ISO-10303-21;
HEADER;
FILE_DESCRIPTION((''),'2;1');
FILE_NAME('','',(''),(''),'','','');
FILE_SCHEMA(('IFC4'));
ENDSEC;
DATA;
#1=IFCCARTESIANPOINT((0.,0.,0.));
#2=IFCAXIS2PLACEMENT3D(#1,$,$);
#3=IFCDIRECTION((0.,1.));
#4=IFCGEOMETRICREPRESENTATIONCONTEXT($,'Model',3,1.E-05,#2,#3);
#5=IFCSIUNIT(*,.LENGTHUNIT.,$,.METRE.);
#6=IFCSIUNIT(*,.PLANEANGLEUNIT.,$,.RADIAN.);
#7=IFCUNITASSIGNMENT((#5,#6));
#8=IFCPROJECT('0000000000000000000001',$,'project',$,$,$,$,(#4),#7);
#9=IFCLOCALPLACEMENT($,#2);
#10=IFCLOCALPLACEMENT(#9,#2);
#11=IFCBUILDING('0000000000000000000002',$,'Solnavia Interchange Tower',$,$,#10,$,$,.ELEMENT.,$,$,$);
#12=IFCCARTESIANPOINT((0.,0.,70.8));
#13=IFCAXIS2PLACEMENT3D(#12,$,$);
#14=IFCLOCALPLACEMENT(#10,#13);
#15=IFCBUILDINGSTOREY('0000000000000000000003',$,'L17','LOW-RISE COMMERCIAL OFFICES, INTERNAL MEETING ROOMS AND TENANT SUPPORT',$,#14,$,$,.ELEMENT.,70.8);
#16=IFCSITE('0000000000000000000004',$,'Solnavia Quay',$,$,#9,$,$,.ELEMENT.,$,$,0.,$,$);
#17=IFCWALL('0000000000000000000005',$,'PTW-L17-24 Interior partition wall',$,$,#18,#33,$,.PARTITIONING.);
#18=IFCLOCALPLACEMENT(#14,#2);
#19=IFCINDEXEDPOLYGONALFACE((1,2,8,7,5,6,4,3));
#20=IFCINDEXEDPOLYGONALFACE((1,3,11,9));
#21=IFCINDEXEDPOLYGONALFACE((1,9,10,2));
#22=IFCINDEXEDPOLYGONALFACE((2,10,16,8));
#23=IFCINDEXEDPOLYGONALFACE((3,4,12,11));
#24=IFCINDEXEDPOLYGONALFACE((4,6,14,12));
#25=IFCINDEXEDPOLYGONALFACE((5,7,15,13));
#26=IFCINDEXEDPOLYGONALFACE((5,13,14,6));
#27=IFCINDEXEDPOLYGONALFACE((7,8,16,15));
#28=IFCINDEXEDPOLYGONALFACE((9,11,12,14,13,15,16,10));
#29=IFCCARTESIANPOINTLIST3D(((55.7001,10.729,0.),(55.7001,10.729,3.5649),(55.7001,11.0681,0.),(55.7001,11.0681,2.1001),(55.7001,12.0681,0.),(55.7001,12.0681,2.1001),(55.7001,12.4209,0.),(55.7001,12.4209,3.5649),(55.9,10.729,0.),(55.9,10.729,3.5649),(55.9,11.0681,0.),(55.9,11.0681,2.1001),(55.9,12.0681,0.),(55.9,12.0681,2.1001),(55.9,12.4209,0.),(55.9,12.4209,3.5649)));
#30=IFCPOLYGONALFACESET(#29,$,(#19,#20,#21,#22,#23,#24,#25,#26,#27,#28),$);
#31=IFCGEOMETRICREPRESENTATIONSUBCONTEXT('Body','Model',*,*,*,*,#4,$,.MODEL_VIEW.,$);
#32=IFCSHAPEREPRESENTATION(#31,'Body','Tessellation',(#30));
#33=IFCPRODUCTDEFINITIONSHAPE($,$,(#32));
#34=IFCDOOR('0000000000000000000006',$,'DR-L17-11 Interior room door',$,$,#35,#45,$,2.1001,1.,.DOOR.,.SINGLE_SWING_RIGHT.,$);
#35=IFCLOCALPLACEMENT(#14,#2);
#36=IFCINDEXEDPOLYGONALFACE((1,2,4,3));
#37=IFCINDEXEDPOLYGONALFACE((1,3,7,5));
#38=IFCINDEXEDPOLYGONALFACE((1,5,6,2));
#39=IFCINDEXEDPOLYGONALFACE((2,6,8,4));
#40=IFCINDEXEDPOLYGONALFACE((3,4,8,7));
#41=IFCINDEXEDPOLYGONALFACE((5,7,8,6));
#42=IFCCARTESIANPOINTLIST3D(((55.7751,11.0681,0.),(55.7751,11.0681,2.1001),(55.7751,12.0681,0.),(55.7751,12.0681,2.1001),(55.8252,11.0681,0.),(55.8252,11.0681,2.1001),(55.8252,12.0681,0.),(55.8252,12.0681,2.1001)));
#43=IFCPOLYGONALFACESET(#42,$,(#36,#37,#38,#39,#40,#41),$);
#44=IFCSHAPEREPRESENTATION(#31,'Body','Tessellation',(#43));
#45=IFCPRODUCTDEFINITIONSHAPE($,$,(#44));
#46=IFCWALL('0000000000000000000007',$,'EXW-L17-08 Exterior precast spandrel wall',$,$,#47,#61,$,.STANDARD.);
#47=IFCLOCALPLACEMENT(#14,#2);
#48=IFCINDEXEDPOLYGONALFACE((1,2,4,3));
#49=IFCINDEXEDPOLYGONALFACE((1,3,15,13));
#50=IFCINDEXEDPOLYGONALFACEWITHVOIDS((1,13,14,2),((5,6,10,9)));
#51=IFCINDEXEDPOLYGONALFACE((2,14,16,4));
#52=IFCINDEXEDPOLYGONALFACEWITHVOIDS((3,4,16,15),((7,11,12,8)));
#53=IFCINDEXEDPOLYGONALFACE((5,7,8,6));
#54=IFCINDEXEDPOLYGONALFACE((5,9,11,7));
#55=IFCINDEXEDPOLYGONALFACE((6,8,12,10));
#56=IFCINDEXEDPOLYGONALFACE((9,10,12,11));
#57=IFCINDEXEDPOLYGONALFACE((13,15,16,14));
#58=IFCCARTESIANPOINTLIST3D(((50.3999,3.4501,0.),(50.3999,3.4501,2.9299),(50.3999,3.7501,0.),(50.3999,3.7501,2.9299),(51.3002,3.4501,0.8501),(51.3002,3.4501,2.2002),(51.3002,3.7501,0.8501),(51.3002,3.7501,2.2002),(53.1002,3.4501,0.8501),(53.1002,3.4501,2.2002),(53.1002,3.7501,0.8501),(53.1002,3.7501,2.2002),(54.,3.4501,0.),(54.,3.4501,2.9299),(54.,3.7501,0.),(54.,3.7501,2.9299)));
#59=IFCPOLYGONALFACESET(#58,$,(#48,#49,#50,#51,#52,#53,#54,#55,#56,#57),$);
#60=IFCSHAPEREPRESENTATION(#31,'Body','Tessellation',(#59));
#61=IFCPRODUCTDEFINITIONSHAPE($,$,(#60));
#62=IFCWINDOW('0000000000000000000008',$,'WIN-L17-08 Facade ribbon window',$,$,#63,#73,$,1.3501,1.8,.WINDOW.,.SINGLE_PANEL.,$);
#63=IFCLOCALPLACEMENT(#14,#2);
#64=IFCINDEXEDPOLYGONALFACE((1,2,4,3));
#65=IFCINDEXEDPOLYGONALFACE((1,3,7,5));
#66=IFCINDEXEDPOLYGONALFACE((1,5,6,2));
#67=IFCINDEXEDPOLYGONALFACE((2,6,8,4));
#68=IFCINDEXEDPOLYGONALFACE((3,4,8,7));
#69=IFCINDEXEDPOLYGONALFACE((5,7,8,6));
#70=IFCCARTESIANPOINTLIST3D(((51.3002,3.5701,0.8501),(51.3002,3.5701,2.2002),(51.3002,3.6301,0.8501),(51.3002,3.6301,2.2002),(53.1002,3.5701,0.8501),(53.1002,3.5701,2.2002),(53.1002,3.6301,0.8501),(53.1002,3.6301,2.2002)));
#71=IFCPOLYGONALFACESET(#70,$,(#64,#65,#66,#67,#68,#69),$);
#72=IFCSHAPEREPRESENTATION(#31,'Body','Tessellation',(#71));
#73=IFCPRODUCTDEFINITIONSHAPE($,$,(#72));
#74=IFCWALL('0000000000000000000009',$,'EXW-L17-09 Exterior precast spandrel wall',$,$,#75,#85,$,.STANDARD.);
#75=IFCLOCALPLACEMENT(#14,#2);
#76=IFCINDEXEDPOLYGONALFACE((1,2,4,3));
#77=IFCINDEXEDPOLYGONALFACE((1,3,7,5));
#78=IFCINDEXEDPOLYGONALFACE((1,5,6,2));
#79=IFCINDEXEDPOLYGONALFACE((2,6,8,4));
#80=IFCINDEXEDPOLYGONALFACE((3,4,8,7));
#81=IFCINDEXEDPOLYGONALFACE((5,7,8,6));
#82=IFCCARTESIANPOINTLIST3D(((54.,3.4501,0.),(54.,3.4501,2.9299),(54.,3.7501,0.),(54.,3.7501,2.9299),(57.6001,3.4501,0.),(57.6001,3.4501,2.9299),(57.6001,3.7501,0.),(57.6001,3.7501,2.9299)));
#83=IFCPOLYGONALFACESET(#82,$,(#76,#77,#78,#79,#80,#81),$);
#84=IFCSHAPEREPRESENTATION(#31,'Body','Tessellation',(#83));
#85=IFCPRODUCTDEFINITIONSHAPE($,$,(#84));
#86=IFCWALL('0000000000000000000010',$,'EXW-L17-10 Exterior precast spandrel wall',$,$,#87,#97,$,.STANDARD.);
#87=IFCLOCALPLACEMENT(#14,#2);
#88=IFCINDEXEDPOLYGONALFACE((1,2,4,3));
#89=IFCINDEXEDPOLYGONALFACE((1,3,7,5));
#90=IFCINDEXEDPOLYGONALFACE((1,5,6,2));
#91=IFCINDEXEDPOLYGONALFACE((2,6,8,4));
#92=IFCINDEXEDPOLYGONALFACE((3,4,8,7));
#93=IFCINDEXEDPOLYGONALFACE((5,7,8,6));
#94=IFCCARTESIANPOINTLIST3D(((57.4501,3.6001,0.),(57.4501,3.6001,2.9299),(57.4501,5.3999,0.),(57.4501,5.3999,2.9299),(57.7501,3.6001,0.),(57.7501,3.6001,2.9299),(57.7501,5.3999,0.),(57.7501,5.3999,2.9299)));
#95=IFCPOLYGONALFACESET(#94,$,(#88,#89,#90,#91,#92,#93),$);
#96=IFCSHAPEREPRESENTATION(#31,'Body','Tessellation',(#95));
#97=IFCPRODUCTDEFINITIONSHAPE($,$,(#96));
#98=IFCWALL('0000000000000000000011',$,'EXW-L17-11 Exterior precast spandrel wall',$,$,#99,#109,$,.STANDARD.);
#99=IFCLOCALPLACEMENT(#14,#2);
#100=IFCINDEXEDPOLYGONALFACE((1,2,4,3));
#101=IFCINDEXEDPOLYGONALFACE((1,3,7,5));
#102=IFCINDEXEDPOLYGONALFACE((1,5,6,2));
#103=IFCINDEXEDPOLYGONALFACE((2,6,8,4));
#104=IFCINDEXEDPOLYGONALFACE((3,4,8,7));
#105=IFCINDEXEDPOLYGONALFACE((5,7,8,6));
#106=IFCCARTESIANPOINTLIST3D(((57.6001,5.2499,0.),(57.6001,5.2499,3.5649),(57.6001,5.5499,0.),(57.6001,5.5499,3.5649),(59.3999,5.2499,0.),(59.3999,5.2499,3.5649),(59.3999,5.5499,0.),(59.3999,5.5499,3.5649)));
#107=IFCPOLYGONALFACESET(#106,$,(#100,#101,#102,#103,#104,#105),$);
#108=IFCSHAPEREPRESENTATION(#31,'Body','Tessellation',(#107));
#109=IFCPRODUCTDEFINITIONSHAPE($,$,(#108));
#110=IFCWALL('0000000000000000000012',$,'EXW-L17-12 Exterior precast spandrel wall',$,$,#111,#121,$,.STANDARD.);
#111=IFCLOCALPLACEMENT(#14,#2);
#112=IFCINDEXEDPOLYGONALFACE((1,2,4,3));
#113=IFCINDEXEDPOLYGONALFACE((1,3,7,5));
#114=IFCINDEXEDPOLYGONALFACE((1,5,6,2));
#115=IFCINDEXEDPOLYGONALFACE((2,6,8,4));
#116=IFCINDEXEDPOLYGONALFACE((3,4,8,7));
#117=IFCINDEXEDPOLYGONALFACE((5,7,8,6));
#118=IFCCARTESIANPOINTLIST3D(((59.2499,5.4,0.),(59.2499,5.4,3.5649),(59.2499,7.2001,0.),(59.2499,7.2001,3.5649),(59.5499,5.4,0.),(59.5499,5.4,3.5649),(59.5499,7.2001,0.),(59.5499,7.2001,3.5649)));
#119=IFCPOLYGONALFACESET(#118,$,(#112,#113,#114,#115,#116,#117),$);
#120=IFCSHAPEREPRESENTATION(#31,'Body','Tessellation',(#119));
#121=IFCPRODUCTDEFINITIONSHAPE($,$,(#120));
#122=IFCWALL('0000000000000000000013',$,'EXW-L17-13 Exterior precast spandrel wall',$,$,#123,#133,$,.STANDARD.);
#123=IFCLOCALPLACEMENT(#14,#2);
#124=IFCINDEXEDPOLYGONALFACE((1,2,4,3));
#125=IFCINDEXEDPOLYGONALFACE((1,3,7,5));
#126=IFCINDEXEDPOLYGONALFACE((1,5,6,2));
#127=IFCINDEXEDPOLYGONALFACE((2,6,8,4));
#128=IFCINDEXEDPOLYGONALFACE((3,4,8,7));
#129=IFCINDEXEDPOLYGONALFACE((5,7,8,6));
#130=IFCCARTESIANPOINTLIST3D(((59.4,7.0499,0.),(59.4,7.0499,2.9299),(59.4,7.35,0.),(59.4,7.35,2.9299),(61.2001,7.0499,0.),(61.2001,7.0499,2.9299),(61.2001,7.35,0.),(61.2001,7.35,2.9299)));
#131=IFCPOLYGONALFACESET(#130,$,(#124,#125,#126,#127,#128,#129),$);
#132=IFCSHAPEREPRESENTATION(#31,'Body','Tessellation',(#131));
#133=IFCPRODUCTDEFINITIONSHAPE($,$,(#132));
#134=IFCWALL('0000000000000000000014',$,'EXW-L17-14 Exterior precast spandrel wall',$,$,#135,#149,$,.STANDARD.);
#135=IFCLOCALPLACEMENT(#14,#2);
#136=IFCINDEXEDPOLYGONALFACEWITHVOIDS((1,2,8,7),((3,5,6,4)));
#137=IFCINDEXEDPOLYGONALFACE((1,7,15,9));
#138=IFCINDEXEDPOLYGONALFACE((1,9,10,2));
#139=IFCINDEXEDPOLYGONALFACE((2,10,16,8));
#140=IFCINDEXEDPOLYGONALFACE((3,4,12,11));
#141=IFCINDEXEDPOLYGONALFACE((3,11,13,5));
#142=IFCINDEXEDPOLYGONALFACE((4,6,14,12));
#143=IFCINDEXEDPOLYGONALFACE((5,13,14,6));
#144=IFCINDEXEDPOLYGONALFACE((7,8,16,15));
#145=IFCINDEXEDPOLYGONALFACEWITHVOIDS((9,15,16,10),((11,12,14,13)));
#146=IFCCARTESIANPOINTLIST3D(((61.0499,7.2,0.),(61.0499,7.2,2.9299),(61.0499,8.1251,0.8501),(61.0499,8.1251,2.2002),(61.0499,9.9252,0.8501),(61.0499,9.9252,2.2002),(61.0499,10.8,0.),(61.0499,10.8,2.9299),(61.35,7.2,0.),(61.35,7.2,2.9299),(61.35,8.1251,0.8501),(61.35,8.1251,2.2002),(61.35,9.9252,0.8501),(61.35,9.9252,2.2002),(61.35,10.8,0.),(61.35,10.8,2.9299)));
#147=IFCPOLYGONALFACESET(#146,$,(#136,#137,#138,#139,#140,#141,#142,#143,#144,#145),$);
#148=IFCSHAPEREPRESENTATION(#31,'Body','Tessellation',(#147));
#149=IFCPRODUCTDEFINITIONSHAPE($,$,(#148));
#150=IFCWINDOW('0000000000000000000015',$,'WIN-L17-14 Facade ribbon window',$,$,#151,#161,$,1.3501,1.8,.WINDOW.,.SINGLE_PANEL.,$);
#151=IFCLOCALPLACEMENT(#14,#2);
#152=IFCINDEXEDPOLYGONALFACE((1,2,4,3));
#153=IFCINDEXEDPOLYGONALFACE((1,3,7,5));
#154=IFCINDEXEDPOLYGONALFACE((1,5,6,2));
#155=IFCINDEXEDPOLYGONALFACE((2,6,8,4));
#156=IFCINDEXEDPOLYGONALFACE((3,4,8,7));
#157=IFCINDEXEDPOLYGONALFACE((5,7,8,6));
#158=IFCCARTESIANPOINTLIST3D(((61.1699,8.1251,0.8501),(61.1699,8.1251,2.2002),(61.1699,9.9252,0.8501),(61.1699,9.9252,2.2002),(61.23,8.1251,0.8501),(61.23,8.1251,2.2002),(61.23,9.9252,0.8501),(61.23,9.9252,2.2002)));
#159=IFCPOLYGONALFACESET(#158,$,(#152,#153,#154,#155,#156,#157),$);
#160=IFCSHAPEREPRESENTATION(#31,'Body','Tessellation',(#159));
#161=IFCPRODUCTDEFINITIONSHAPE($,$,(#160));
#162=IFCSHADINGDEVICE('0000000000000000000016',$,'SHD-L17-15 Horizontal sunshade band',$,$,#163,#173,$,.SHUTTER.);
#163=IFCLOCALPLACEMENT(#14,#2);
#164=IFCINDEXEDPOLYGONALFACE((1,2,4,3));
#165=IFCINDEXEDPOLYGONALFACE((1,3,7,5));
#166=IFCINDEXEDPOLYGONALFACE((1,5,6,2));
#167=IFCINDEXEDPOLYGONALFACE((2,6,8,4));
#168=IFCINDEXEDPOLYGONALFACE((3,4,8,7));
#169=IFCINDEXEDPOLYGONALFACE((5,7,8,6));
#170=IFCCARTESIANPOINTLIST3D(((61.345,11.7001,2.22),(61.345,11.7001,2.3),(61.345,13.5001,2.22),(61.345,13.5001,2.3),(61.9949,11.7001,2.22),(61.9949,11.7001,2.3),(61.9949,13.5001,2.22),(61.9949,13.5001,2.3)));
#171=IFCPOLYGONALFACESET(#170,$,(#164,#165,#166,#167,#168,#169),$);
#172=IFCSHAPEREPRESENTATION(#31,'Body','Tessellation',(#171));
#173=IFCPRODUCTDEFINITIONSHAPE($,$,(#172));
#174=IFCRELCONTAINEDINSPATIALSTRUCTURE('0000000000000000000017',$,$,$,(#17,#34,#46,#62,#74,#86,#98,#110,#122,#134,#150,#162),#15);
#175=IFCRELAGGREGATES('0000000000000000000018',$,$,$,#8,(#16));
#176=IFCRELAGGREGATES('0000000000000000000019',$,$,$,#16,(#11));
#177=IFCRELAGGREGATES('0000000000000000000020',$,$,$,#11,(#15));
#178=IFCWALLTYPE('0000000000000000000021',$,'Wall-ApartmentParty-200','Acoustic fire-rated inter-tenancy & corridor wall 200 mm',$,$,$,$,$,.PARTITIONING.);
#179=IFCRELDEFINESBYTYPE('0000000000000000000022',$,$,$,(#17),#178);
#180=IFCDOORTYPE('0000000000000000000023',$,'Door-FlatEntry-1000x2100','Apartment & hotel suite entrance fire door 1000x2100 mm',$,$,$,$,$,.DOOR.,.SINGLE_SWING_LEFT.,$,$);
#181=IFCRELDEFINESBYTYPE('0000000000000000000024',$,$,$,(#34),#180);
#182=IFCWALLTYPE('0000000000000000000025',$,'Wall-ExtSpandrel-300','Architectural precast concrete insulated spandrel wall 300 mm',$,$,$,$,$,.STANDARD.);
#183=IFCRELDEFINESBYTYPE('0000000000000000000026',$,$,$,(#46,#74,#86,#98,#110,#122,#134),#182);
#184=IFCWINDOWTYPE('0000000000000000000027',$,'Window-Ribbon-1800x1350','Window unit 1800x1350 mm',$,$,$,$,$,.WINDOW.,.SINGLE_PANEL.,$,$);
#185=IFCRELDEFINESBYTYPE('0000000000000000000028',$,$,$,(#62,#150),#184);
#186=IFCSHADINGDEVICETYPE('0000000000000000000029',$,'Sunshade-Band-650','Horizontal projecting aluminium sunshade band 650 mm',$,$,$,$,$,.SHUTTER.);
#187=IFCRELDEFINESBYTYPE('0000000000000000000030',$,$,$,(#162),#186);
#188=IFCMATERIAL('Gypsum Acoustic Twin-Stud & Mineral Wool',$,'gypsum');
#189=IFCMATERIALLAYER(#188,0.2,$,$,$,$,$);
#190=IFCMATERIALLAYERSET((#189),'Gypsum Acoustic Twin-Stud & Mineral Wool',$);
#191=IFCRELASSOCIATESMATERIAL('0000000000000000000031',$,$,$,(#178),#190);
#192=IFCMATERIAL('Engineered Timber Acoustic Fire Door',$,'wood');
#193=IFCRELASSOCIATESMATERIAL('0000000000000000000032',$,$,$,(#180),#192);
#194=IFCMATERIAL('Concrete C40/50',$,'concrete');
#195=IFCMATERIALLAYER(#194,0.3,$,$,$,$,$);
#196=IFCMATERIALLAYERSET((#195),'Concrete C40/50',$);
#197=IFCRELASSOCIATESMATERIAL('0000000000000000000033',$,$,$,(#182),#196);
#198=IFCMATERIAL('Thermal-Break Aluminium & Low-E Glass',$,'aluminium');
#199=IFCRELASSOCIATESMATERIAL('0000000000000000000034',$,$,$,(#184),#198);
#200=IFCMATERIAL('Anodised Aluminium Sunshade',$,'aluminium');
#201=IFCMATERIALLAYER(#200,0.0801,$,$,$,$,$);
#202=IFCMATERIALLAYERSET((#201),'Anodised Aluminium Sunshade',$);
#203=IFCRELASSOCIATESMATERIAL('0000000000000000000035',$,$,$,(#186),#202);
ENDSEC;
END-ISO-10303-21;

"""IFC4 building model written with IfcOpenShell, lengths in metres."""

from ifc_helpers import new_model, si_unit, direction, frame, frame_2d, origin, origin_2d, place, context, subcontext, project, spatial, rectangle, extrude, material, layer, layer_set, type_object, element, fill, save


model = new_model("IFC4")

# Units and contexts
model_context = context("Model", 3, precision=1e-05, world=origin(), true_north=direction((0.0, 1.0)))
body_context = subcontext(model_context, "Body", "Model", "MODEL_VIEW")
ifc_project = project(units=[si_unit("LENGTHUNIT", "METRE"), si_unit("PLANEANGLEUNIT", "RADIAN")], contexts=[model_context])

# Site, building, storey
site_placement = place(None, origin())
site = spatial("IfcSite", under=ifc_project, at=site_placement, Name="Solnavia Quay", CompositionType="ELEMENT", RefElevation=0.0)
building_placement = place(site_placement, origin())
building = spatial("IfcBuilding", under=site, at=building_placement, Name="Solnavia Interchange Tower", CompositionType="ELEMENT")
storey_placement = place(building_placement, frame((0.0, 0.0, 70.8)))
storey = spatial("IfcBuildingStorey", under=building, at=storey_placement, Name="L17", Description="LOW-RISE COMMERCIAL OFFICES, INTERNAL MEETING ROOMS AND TENANT SUPPORT", CompositionType="ELEMENT", Elevation=70.8)

# Shared definitions
ifc_material_1 = material(Name="Gypsum Acoustic Twin-Stud & Mineral Wool", Category="gypsum")
ifc_layer_1 = layer(ifc_material_1, 0.2)
ifc_layer_set_1 = layer_set([ifc_layer_1], Name="Gypsum Acoustic Twin-Stud & Mineral Wool")
wall_type_1 = type_object("IfcWallType", Name="Wall-ApartmentParty-200", Description="Acoustic fire-rated inter-tenancy & corridor wall 200 mm", PredefinedType="PARTITIONING", material=ifc_layer_set_1)

# Wall, opening, door
wall_1_placement = place(storey_placement, frame((55.8, 10.729, 0.0), z_axis=(0.0, 0.0, 1.0), x_axis=(0.0, 1.0, 0.0)))
wall_1 = element("IfcWall", 1, at=wall_1_placement, inside=storey, type_object=wall_type_1, Name="PTW-L17-24 Interior partition wall", PredefinedType="PARTITIONING", context=body_context, shape_type="SweptSolid", body=[
    extrude(rectangle(XDim=1.6919, YDim=0.2, at=frame_2d((0.8459, 0.0))), origin(), (0.0, 0.0, 1.0), 3.5649),
])
opening_1_placement = place(wall_1_placement, frame((0.3391, 0.0, 0.0)))
opening_1 = element("IfcOpeningElement", 2, at=opening_1_placement, cuts=wall_1, PredefinedType="OPENING", context=body_context, shape_type="SweptSolid", body=[
    extrude(rectangle(XDim=1.0, YDim=2.1001, at=frame_2d((0.5, 1.05))), frame((0.0, 0.1099, 0.0), z_axis=(0.0, -1.0, 0.0), x_axis=(1.0, 0.0, 0.0)), (0.0, 0.0, 1.0), 0.22),
])
ifc_material_2 = material(Name="Engineered Timber Acoustic Fire Door", Category="wood")
door_type = type_object("IfcDoorType", Name="Door-FlatEntry-1000x2100", Description="Apartment & hotel suite entrance fire door 1000x2100 mm", OperationType="SINGLE_SWING_LEFT", PredefinedType="DOOR", material=ifc_material_2)
door_placement = place(opening_1_placement, origin())
door = element("IfcDoor", 3, at=door_placement, inside=storey, type_object=door_type, Name="DR-L17-11 Interior room door", OperationType="SINGLE_SWING_RIGHT", OverallHeight=2.1001, OverallWidth=1.0, PredefinedType="DOOR", context=body_context, shape_type="SweptSolid", body=[
    extrude(rectangle(XDim=1.0, YDim=2.1001, at=frame_2d((0.5, 1.05))), frame((0.0, 0.0249, 0.0), z_axis=(0.0, -1.0, 0.0), x_axis=(1.0, 0.0, 0.0)), (0.0, 0.0, 1.0), 0.05),
])
fill(opening_1, door)

# Wall, opening, window
ifc_material_3 = material(Name="Concrete C40/50", Category="concrete")
ifc_layer_2 = layer(ifc_material_3, 0.3)
ifc_layer_set_2 = layer_set([ifc_layer_2], Name="Concrete C40/50")
wall_type_2 = type_object("IfcWallType", Name="Wall-ExtSpandrel-300", Description="Architectural precast concrete insulated spandrel wall 300 mm", PredefinedType="STANDARD", material=ifc_layer_set_2)
wall_2_placement = place(storey_placement, frame((54.0, 3.6001, 0.0), z_axis=(0.0, 0.0, 1.0), x_axis=(-1.0, 0.0, 0.0)))
wall_2 = element("IfcWall", 4, at=wall_2_placement, inside=storey, type_object=wall_type_2, Name="EXW-L17-08 Exterior precast spandrel wall", PredefinedType="STANDARD", context=body_context, shape_type="SweptSolid", body=[
    extrude(rectangle(XDim=3.6001, YDim=0.3, at=frame_2d((1.8, 0.0))), origin(), (0.0, 0.0, 1.0), 2.9299),
])
opening_2_placement = place(wall_2_placement, frame((0.8999, 0.0, 0.8501)))
opening_2 = element("IfcOpeningElement", 5, at=opening_2_placement, cuts=wall_2, PredefinedType="OPENING", context=body_context, shape_type="SweptSolid", body=[
    extrude(rectangle(XDim=1.8, YDim=1.3501, at=frame_2d((0.8999, 0.675))), frame((0.0, 0.1602, 0.0), z_axis=(0.0, -1.0, 0.0), x_axis=(1.0, 0.0, 0.0)), (0.0, 0.0, 1.0), 0.3201),
])
ifc_material_4 = material(Name="Thermal-Break Aluminium & Low-E Glass", Category="aluminium")
window_type = type_object("IfcWindowType", Name="Window-Ribbon-1800x1350", Description="Window unit 1800x1350 mm", PartitioningType="SINGLE_PANEL", PredefinedType="WINDOW", material=ifc_material_4)
window_1_placement = place(opening_2_placement, origin())
window_1 = element("IfcWindow", 6, at=window_1_placement, inside=storey, type_object=window_type, Name="WIN-L17-08 Facade ribbon window", OverallHeight=1.3501, OverallWidth=1.8, PartitioningType="SINGLE_PANEL", PredefinedType="WINDOW", context=body_context, shape_type="SweptSolid", body=[
    extrude(rectangle(XDim=1.8, YDim=1.3501, at=frame_2d((0.8999, 0.675))), frame((0.0, 0.03, 0.0), z_axis=(0.0, -1.0, 0.0), x_axis=(1.0, 0.0, 0.0)), (0.0, 0.0, 1.0), 0.0601),
])
fill(opening_2, window_1)

# Walls
wall_3_placement = place(storey_placement, frame((57.6001, 3.6001, 0.0), z_axis=(0.0, 0.0, 1.0), x_axis=(-1.0, 0.0, 0.0)))
element("IfcWall", 7, at=wall_3_placement, inside=storey, type_object=wall_type_2, Name="EXW-L17-09 Exterior precast spandrel wall", PredefinedType="STANDARD", context=body_context, shape_type="SweptSolid", body=[
    extrude(rectangle(XDim=3.6001, YDim=0.3, at=frame_2d((1.8, 0.0))), origin(), (0.0, 0.0, 1.0), 2.9299),
])
wall_4_placement = place(storey_placement, frame((57.6001, 5.3999, 0.0), z_axis=(0.0, 0.0, 1.0), x_axis=(0.0, -1.0, 0.0)))
element("IfcWall", 8, at=wall_4_placement, inside=storey, type_object=wall_type_2, Name="EXW-L17-10 Exterior precast spandrel wall", PredefinedType="STANDARD", context=body_context, shape_type="SweptSolid", body=[
    extrude(rectangle(XDim=1.7998, YDim=0.3, at=frame_2d((0.8999, 0.0))), origin(), (0.0, 0.0, 1.0), 2.9299),
])
wall_5_placement = place(storey_placement, frame((59.3999, 5.3999, 0.0), z_axis=(0.0, 0.0, 1.0), x_axis=(-1.0, 0.0, 0.0)))
element("IfcWall", 9, at=wall_5_placement, inside=storey, type_object=wall_type_2, Name="EXW-L17-11 Exterior precast spandrel wall", PredefinedType="STANDARD", context=body_context, shape_type="SweptSolid", body=[
    extrude(rectangle(XDim=1.7998, YDim=0.3, at=frame_2d((0.8999, 0.0))), origin(), (0.0, 0.0, 1.0), 3.5649),
])
wall_6_placement = place(storey_placement, frame((59.3999, 7.2, 0.0), z_axis=(0.0, 0.0, 1.0), x_axis=(0.0, -1.0, 0.0)))
element("IfcWall", 10, at=wall_6_placement, inside=storey, type_object=wall_type_2, Name="EXW-L17-12 Exterior precast spandrel wall", PredefinedType="STANDARD", context=body_context, shape_type="SweptSolid", body=[
    extrude(rectangle(XDim=1.8, YDim=0.3, at=frame_2d((0.8999, 0.0))), origin(), (0.0, 0.0, 1.0), 3.5649),
])
wall_7_placement = place(storey_placement, frame((61.2, 7.2, 0.0), z_axis=(0.0, 0.0, 1.0), x_axis=(-1.0, 0.0, 0.0)))
element("IfcWall", 11, at=wall_7_placement, inside=storey, type_object=wall_type_2, Name="EXW-L17-13 Exterior precast spandrel wall", PredefinedType="STANDARD", context=body_context, shape_type="SweptSolid", body=[
    extrude(rectangle(XDim=1.8, YDim=0.3, at=frame_2d((0.8999, 0.0))), origin(), (0.0, 0.0, 1.0), 2.9299),
])

# Wall, opening, window
wall_8_placement = place(storey_placement, frame((61.2, 10.8, 0.0), z_axis=(0.0, 0.0, 1.0), x_axis=(0.0, -1.0, 0.0)))
wall_8 = element("IfcWall", 12, at=wall_8_placement, inside=storey, type_object=wall_type_2, Name="EXW-L17-14 Exterior precast spandrel wall", PredefinedType="STANDARD", context=body_context, shape_type="SweptSolid", body=[
    extrude(rectangle(XDim=3.6001, YDim=0.3, at=frame_2d((1.8, 0.0))), origin(), (0.0, 0.0, 1.0), 2.9299),
])
opening_3_placement = place(wall_8_placement, frame((0.875, 0.0, 0.8501)))
opening_3 = element("IfcOpeningElement", 13, at=opening_3_placement, cuts=wall_8, PredefinedType="OPENING", context=body_context, shape_type="SweptSolid", body=[
    extrude(rectangle(XDim=1.8, YDim=1.3501, at=frame_2d((0.8999, 0.675))), frame((0.0, 0.1602, 0.0), z_axis=(0.0, -1.0, 0.0), x_axis=(1.0, 0.0, 0.0)), (0.0, 0.0, 1.0), 0.3201),
])
window_2_placement = place(opening_3_placement, origin())
window_2 = element("IfcWindow", 14, at=window_2_placement, inside=storey, type_object=window_type, Name="WIN-L17-14 Facade ribbon window", OverallHeight=1.3501, OverallWidth=1.8, PartitioningType="SINGLE_PANEL", PredefinedType="WINDOW", context=body_context, shape_type="SweptSolid", body=[
    extrude(rectangle(XDim=1.8, YDim=1.3501, at=frame_2d((0.8999, 0.675))), frame((0.0, 0.03, 0.0), z_axis=(0.0, -1.0, 0.0), x_axis=(1.0, 0.0, 0.0)), (0.0, 0.0, 1.0), 0.0601),
])
fill(opening_3, window_2)

# Shading device
ifc_material_5 = material(Name="Anodised Aluminium Sunshade", Category="aluminium")
ifc_layer_3 = layer(ifc_material_5, 0.0801)
ifc_layer_set_3 = layer_set([ifc_layer_3], Name="Anodised Aluminium Sunshade")
shading_device_type = type_object("IfcShadingDeviceType", Name="Sunshade-Band-650", Description="Horizontal projecting aluminium sunshade band 650 mm", PredefinedType="SHUTTER", material=ifc_layer_set_3)
shading_device_placement = place(storey_placement, frame((61.6699, 12.6001, 2.22), z_axis=(0.0, 0.0, 1.0), x_axis=(0.0, -1.0, 0.0)))
element("IfcShadingDevice", 15, at=shading_device_placement, inside=storey, type_object=shading_device_type, Name="SHD-L17-15 Horizontal sunshade band", PredefinedType="SHUTTER", context=body_context, shape_type="SweptSolid", body=[
    extrude(rectangle(XDim=1.8, YDim=0.6499, at=origin_2d()), origin(), (0.0, 0.0, 1.0), 0.0801),
])

save(model, "model.ifc")
